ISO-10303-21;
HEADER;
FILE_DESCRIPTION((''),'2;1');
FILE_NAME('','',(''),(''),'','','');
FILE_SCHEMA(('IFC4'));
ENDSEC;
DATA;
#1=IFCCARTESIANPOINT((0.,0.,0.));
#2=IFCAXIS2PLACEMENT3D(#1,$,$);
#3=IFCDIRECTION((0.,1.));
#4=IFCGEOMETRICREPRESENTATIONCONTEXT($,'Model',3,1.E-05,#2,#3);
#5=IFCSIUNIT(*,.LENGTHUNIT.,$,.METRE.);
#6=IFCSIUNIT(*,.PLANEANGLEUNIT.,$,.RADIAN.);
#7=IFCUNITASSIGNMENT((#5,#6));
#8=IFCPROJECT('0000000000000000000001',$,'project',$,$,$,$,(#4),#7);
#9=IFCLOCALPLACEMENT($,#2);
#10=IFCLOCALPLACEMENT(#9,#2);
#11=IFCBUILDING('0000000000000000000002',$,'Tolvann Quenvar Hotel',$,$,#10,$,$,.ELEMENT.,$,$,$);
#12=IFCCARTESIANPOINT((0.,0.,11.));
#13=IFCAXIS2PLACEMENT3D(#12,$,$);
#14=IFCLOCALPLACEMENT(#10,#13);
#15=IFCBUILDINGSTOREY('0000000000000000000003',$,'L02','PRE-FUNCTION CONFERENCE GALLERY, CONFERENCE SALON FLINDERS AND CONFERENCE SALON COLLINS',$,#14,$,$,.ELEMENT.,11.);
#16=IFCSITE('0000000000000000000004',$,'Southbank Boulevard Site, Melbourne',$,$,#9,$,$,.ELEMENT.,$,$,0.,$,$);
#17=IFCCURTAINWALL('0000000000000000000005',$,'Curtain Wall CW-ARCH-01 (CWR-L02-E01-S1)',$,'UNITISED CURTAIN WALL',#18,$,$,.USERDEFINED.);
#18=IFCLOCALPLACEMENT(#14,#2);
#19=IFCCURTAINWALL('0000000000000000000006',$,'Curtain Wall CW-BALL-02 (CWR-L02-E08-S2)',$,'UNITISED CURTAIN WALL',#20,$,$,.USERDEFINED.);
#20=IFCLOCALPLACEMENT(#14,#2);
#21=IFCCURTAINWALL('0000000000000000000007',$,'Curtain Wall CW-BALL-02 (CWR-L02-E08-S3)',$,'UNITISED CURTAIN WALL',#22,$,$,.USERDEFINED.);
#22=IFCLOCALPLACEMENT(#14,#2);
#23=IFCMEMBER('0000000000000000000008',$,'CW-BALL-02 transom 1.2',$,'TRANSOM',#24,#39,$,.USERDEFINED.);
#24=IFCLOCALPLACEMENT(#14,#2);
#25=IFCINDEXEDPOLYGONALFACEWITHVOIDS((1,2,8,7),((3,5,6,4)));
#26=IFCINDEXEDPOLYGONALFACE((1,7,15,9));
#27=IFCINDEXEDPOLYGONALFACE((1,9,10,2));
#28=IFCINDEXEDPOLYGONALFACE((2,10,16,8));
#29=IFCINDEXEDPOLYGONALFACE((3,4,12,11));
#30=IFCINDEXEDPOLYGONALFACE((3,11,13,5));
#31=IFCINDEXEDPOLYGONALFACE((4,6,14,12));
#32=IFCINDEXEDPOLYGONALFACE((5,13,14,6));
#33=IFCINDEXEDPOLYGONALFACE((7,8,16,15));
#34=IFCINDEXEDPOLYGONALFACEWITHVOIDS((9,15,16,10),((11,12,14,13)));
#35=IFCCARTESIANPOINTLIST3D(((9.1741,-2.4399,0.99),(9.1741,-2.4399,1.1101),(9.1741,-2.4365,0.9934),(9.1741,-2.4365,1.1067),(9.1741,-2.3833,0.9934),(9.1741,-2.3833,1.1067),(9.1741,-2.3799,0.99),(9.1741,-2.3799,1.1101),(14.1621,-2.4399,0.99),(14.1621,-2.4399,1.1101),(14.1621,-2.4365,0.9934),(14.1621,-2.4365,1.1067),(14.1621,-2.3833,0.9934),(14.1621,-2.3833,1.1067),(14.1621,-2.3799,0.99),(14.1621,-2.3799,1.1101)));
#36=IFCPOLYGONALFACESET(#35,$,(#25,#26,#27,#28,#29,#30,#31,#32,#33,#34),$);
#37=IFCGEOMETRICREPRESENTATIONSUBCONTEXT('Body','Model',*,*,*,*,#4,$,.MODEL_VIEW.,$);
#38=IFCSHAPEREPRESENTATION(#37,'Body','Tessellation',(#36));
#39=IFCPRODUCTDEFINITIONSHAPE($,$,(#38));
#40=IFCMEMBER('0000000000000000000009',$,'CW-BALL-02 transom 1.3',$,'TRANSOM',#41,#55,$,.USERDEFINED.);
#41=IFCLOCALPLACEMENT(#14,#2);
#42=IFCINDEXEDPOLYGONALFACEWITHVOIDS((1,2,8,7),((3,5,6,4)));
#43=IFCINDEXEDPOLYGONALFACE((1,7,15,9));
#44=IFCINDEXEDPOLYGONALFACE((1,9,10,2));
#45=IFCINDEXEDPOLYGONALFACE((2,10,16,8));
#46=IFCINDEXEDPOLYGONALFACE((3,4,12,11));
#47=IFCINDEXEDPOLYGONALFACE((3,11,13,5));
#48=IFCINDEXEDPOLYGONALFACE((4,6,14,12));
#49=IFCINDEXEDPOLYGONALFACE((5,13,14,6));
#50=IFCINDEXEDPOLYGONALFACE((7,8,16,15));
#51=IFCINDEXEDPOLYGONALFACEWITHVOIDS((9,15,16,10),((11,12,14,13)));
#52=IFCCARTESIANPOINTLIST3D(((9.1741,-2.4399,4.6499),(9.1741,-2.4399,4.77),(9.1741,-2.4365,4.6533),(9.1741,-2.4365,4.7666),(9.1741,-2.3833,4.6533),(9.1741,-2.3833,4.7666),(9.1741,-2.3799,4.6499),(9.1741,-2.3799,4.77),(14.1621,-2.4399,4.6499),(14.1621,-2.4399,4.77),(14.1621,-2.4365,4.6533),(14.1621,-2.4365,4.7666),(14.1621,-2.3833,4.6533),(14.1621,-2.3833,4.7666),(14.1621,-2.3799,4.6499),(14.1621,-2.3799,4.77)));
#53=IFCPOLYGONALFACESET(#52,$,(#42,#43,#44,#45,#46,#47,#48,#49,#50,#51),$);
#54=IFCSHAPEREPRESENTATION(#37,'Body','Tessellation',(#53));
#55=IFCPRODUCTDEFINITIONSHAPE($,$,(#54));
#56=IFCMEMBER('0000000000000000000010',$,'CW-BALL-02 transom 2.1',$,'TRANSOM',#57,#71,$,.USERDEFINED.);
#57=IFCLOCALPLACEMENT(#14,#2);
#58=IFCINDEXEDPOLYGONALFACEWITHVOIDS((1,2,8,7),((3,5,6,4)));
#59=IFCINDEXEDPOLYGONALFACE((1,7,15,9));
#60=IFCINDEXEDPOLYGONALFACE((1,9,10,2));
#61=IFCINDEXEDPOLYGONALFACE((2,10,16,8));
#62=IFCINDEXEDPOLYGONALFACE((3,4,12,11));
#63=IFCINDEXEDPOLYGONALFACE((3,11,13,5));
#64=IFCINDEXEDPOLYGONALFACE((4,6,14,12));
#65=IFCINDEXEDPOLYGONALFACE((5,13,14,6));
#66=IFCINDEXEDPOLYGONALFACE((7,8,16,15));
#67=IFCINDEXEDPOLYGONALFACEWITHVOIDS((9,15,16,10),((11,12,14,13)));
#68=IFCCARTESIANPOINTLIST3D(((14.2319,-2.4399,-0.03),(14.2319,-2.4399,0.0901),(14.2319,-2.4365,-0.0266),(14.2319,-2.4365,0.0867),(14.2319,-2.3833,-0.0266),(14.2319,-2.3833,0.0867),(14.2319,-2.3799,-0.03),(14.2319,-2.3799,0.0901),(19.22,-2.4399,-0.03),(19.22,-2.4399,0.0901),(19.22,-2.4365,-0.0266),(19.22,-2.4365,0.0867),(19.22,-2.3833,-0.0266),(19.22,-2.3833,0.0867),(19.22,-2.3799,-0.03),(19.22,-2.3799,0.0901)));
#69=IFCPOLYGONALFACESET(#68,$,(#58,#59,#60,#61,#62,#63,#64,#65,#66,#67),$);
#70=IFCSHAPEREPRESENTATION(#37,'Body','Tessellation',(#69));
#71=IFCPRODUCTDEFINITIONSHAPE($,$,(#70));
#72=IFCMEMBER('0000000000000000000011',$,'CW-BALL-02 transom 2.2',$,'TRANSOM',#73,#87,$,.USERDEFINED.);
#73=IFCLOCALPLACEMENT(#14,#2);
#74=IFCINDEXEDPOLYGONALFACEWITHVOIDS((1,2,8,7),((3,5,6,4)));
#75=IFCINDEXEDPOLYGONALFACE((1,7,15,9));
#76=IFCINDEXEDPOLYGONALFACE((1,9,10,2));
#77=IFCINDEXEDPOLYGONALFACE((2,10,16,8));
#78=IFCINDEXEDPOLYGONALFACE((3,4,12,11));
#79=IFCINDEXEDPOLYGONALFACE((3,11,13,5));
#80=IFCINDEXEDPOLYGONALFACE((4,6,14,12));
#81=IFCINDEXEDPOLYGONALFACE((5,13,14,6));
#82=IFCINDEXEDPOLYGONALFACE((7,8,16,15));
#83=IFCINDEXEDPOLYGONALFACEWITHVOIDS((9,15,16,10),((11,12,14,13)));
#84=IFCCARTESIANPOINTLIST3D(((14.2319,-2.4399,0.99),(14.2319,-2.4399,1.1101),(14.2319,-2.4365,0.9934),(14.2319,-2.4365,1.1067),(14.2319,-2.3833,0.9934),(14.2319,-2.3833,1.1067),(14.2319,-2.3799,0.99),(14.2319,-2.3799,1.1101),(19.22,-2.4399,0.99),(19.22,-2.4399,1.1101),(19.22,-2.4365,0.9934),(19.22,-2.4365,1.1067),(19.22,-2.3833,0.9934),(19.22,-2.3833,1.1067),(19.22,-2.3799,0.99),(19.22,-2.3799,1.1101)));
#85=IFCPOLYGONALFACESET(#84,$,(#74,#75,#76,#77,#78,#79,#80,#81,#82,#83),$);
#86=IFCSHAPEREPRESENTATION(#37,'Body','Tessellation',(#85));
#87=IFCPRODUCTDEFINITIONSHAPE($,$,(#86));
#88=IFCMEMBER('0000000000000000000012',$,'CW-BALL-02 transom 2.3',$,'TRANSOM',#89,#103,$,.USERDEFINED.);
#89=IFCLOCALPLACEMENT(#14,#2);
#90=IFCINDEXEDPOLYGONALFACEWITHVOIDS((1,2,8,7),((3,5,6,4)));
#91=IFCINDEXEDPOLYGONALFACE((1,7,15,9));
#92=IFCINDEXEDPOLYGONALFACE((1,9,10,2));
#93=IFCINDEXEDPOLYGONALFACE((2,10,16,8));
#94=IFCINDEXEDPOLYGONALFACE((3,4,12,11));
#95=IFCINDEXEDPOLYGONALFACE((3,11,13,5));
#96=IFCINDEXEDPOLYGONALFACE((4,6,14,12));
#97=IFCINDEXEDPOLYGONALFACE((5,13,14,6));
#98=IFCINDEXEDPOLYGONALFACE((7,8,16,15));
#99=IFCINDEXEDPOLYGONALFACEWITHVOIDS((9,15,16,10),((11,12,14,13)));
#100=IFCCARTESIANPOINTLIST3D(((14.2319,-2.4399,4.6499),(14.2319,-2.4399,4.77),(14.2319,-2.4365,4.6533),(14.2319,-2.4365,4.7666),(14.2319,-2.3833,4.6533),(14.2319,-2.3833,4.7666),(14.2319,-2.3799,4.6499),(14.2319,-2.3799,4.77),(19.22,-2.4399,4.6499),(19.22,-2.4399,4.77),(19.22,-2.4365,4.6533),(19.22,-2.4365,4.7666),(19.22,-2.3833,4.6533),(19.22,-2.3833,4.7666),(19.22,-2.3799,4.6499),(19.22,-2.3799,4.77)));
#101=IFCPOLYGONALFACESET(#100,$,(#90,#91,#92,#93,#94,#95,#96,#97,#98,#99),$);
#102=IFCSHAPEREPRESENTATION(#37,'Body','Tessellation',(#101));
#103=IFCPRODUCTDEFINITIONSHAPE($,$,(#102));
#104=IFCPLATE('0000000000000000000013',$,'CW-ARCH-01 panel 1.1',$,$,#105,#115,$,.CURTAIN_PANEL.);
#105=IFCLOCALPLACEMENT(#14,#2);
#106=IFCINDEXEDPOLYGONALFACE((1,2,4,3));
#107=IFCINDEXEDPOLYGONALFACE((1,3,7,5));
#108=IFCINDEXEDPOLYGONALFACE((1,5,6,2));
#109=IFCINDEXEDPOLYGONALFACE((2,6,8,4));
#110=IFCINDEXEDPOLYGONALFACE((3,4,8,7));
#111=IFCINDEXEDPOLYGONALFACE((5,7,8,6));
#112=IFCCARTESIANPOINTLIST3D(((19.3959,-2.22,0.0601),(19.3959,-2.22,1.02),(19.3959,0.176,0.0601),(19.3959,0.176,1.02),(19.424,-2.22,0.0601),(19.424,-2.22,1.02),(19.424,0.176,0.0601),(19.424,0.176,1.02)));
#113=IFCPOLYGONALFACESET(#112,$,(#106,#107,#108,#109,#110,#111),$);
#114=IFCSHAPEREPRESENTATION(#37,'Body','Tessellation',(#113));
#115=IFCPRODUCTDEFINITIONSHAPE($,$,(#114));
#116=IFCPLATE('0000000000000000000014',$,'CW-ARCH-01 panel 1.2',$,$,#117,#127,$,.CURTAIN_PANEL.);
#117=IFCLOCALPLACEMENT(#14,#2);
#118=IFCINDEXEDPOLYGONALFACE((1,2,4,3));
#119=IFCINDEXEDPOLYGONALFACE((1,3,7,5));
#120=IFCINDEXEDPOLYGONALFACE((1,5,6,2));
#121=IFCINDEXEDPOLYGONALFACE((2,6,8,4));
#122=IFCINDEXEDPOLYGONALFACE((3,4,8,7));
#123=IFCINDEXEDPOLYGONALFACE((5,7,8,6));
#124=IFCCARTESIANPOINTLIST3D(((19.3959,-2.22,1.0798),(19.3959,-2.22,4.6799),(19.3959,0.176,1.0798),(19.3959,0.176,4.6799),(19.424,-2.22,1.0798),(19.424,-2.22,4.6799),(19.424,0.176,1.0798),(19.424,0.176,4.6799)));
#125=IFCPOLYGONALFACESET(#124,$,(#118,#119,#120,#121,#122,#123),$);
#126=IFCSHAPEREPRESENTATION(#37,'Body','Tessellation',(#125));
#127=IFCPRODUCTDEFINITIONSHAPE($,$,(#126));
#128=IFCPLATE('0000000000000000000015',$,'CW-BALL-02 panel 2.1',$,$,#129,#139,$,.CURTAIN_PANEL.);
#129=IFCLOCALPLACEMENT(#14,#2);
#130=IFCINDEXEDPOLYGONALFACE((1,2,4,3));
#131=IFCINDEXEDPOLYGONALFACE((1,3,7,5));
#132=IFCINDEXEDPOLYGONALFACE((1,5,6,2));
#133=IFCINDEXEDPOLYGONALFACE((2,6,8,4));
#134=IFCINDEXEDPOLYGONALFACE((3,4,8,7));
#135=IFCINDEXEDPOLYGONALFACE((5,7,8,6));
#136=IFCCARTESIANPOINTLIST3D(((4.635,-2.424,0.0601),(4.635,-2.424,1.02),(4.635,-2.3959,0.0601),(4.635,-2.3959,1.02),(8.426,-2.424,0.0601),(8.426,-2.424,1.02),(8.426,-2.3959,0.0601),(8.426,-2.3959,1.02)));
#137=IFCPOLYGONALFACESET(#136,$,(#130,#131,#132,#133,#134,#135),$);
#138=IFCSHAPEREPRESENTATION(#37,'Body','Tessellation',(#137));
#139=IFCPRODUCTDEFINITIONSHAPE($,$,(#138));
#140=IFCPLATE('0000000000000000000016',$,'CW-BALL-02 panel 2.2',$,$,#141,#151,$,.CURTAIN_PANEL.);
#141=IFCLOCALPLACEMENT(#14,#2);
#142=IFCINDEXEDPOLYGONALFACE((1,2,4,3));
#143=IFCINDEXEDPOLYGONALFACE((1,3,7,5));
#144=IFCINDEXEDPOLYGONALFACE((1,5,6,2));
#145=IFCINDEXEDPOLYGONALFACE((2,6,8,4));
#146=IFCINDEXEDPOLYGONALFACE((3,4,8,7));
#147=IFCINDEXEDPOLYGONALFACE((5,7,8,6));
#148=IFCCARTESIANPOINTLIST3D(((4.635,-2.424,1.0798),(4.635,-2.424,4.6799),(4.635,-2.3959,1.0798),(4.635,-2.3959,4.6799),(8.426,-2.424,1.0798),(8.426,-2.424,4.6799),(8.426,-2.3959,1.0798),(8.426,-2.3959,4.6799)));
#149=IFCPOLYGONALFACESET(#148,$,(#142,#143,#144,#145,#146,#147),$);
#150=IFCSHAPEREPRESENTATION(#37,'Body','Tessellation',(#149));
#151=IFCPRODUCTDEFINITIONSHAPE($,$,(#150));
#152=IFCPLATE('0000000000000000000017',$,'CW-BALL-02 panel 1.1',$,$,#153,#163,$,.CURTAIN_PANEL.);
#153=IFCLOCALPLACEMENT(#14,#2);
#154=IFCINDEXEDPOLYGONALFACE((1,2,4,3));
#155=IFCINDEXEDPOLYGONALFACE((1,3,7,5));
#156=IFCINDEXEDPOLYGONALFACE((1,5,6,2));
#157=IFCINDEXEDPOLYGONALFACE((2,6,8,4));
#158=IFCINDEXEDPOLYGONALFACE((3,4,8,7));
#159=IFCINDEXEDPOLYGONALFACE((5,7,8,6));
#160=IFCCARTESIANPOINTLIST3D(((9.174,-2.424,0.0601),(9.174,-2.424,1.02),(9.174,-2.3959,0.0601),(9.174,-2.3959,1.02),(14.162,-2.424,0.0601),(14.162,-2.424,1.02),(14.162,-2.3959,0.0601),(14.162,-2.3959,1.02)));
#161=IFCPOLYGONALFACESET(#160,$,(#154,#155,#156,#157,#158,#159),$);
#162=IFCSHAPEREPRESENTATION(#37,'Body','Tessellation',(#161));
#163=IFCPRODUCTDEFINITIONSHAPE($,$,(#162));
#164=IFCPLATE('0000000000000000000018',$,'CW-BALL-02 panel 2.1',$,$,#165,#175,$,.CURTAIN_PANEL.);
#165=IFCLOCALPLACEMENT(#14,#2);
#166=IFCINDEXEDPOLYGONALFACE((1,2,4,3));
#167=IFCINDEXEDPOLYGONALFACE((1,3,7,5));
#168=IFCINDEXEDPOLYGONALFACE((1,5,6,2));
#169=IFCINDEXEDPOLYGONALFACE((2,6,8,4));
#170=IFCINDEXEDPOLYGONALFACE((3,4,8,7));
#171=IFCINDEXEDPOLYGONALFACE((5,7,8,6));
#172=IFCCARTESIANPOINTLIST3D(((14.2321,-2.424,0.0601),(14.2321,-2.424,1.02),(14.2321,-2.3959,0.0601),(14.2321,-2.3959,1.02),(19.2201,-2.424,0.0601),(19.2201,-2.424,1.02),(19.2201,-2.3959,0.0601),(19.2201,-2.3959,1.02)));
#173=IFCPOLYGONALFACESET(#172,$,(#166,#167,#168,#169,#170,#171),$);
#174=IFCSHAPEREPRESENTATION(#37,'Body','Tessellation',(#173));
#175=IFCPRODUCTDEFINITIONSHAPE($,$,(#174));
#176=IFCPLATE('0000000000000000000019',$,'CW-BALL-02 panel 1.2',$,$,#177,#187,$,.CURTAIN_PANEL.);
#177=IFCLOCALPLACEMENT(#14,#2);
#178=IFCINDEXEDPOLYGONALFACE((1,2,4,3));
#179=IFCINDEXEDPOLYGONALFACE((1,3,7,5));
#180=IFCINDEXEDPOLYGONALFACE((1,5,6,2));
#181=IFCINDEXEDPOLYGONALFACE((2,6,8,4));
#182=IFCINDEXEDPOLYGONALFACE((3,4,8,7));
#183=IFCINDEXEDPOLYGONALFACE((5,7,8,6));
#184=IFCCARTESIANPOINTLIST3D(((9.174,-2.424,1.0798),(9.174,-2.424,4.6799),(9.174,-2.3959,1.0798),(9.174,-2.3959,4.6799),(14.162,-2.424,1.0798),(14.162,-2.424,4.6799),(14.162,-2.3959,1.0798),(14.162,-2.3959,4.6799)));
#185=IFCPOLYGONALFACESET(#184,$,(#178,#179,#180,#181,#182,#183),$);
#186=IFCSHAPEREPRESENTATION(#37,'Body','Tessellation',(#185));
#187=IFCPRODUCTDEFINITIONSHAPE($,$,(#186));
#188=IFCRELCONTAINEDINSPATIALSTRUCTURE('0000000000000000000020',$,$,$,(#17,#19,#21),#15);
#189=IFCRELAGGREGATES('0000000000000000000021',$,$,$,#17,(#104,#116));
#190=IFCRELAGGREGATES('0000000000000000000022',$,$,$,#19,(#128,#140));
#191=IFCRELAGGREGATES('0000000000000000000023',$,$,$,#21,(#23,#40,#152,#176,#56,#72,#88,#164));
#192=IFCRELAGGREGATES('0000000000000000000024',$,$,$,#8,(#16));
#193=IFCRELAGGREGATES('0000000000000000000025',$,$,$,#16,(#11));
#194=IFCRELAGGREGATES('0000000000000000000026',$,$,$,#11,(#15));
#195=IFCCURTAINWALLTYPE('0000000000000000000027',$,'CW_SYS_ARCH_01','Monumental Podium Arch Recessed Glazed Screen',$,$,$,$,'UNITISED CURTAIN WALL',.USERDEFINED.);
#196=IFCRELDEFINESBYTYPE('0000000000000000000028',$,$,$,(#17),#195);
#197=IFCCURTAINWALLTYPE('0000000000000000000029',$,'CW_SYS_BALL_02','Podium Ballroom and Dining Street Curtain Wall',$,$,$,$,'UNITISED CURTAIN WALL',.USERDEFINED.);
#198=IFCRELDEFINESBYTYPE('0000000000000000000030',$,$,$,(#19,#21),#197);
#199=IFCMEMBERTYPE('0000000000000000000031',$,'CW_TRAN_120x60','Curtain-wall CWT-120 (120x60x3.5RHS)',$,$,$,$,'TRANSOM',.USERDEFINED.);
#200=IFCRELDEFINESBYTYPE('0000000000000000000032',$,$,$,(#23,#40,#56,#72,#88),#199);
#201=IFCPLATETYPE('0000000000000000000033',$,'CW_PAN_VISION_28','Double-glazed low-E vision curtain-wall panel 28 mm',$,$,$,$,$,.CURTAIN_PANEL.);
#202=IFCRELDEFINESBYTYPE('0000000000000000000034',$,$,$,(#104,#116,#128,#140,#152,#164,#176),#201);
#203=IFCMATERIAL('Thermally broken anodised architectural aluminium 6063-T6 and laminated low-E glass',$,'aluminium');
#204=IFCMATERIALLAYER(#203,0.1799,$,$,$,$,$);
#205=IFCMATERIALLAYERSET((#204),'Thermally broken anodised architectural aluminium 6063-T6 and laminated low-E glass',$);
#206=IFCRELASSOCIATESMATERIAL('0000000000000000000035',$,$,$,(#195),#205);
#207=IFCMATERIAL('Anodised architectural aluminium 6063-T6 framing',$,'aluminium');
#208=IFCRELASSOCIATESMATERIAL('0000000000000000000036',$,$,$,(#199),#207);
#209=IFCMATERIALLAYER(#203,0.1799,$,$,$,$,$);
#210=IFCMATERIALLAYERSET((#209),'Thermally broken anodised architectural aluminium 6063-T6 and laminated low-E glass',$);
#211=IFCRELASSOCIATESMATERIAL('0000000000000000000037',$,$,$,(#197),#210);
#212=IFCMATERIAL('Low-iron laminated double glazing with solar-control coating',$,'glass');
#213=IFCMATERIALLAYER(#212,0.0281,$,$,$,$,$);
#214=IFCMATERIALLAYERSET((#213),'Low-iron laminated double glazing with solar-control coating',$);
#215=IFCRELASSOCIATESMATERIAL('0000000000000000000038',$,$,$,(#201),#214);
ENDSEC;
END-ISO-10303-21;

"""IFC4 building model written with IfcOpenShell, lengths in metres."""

from ifc_helpers import new_model, si_unit, direction, frame, origin, origin_2d, place, context, subcontext, project, spatial, rectangle, hollow_rectangle, extrude, source, transform, mapped, material, layer, layer_set, material_profile, profile_set, type_object, type_shapes, element, aggregate, save


model = new_model("IFC4")

# Units and contexts
model_context = context("Model", 3, precision=1e-05, world=origin(), true_north=direction((0.0, 1.0)))
body_context = subcontext(model_context, "Body", "Model", "MODEL_VIEW")
ifc_project = project(units=[si_unit("LENGTHUNIT", "METRE"), si_unit("PLANEANGLEUNIT", "RADIAN")], contexts=[model_context])

# Site, building, storey
site_placement = place(None, origin())
site = spatial("IfcSite", under=ifc_project, at=site_placement, Name="Southbank Boulevard Site, Melbourne", CompositionType="ELEMENT", RefElevation=0.0)
building_placement = place(site_placement, origin())
building = spatial("IfcBuilding", under=site, at=building_placement, Name="Tolvann Quenvar Hotel", CompositionType="ELEMENT")
storey_placement = place(building_placement, frame((0.0, 0.0, 11.0)))
storey = spatial("IfcBuildingStorey", under=building, at=storey_placement, Name="L02", Description="PRE-FUNCTION CONFERENCE GALLERY, CONFERENCE SALON FLINDERS AND CONFERENCE SALON COLLINS", CompositionType="ELEMENT", Elevation=11.0)

# Curtain wall
ifc_material_1 = material(Name="Thermally broken anodised architectural aluminium 6063-T6 and laminated low-E glass", Category="aluminium")
ifc_layer_1 = layer(ifc_material_1, 0.1799)
ifc_layer_set_1 = layer_set([ifc_layer_1], Name="Thermally broken anodised architectural aluminium 6063-T6 and laminated low-E glass")
curtain_wall_type_1 = type_object("IfcCurtainWallType", Name="CW_SYS_ARCH_01", Description="Monumental Podium Arch Recessed Glazed Screen", ElementType="UNITISED CURTAIN WALL", PredefinedType="USERDEFINED", material=ifc_layer_set_1)
curtain_wall_1_placement = place(storey_placement, origin())
curtain_wall_1 = element("IfcCurtainWall", 1, at=curtain_wall_1_placement, inside=storey, type_object=curtain_wall_type_1, Name="Curtain Wall CW-ARCH-01 (CWR-L02-E01-S1)", ObjectType="UNITISED CURTAIN WALL", PredefinedType="USERDEFINED")
ifc_material_2 = material(Name="Anodised architectural aluminium 6063-T6 framing", Category="aluminium")
ifc_material_profile_1 = material_profile(ifc_material_2, hollow_rectangle(XDim=0.0601, YDim=0.1201, WallThickness=0.0034, at=origin_2d()), Name="120x60x3.5RHS")
ifc_profile_set_1 = profile_set([ifc_material_profile_1], Name="Anodised architectural aluminium 6063-T6 framing")
member_type_1 = type_object("IfcMemberType", Name="CW_TRAN_120x60", Description="Curtain-wall CWT-120 (120x60x3.5RHS)", ElementType="TRANSOM", PredefinedType="USERDEFINED", material=ifc_profile_set_1)

# Curtain wall
ifc_layer_2 = layer(ifc_material_1, 0.1799)
ifc_layer_set_2 = layer_set([ifc_layer_2], Name="Thermally broken anodised architectural aluminium 6063-T6 and laminated low-E glass")
curtain_wall_type_2 = type_object("IfcCurtainWallType", Name="CW_SYS_BALL_02", Description="Podium Ballroom and Dining Street Curtain Wall", ElementType="UNITISED CURTAIN WALL", PredefinedType="USERDEFINED", material=ifc_layer_set_2)
curtain_wall_2_placement = place(storey_placement, origin())
curtain_wall_2 = element("IfcCurtainWall", 2, at=curtain_wall_2_placement, inside=storey, type_object=curtain_wall_type_2, Name="Curtain Wall CW-BALL-02 (CWR-L02-E08-S2)", ObjectType="UNITISED CURTAIN WALL", PredefinedType="USERDEFINED")

# Curtain wall, members
curtain_wall_3_placement = place(storey_placement, origin())
curtain_wall_3 = element("IfcCurtainWall", 3, at=curtain_wall_3_placement, inside=storey, type_object=curtain_wall_type_2, Name="Curtain Wall CW-BALL-02 (CWR-L02-E08-S3)", ObjectType="UNITISED CURTAIN WALL", PredefinedType="USERDEFINED")
shared_shape_1 = source(origin(), body_context, "Body", "SweptSolid", [
    extrude(hollow_rectangle(XDim=0.0601, YDim=0.1201, WallThickness=0.0034, at=origin_2d()), origin(), (0.0, 0.0, 1.0), 4.988),
])
member_1_placement = place(storey_placement, frame((9.1741, -2.4099, 1.05), z_axis=(1.0, 0.0, 0.0), x_axis=(0.0, 1.0, 0.0)))
member_1 = element("IfcMember", 4, at=member_1_placement, type_object=member_type_1, Name="CW-BALL-02 transom 1.2", ObjectType="TRANSOM", PredefinedType="USERDEFINED", context=body_context, shape_type="MappedRepresentation", body=[
    mapped(shared_shape_1, transform((0.0, 0.0, 0.0), x_axis=(1.0, 0.0, 0.0), y_axis=(0.0, 1.0, 0.0), z_axis=(0.0, 0.0, 1.0), scale=1.0)),
])
member_2_placement = place(storey_placement, frame((9.1741, -2.4099, 4.71), z_axis=(1.0, 0.0, 0.0), x_axis=(0.0, 1.0, 0.0)))
member_2 = element("IfcMember", 5, at=member_2_placement, type_object=member_type_1, Name="CW-BALL-02 transom 1.3", ObjectType="TRANSOM", PredefinedType="USERDEFINED", context=body_context, shape_type="MappedRepresentation", body=[
    mapped(shared_shape_1, transform((0.0, 0.0, 0.0), x_axis=(1.0, 0.0, 0.0), y_axis=(0.0, 1.0, 0.0), z_axis=(0.0, 0.0, 1.0), scale=1.0)),
])
member_3_placement = place(storey_placement, frame((14.2319, -2.4099, 0.03), z_axis=(1.0, 0.0, 0.0), x_axis=(0.0, 1.0, 0.0)))
member_3 = element("IfcMember", 6, at=member_3_placement, type_object=member_type_1, Name="CW-BALL-02 transom 2.1", ObjectType="TRANSOM", PredefinedType="USERDEFINED", context=body_context, shape_type="MappedRepresentation", body=[
    mapped(shared_shape_1, transform((0.0, 0.0, 0.0), x_axis=(1.0, 0.0, 0.0), y_axis=(0.0, 1.0, 0.0), z_axis=(0.0, 0.0, 1.0), scale=1.0)),
])
member_4_placement = place(storey_placement, frame((14.2319, -2.4099, 1.05), z_axis=(1.0, 0.0, 0.0), x_axis=(0.0, 1.0, 0.0)))
member_4 = element("IfcMember", 7, at=member_4_placement, type_object=member_type_1, Name="CW-BALL-02 transom 2.2", ObjectType="TRANSOM", PredefinedType="USERDEFINED", context=body_context, shape_type="MappedRepresentation", body=[
    mapped(shared_shape_1, transform((0.0, 0.0, 0.0), x_axis=(1.0, 0.0, 0.0), y_axis=(0.0, 1.0, 0.0), z_axis=(0.0, 0.0, 1.0), scale=1.0)),
])
member_5_placement = place(storey_placement, frame((14.2319, -2.4099, 4.71), z_axis=(1.0, 0.0, 0.0), x_axis=(0.0, 1.0, 0.0)))
member_5 = element("IfcMember", 8, at=member_5_placement, type_object=member_type_1, Name="CW-BALL-02 transom 2.3", ObjectType="TRANSOM", PredefinedType="USERDEFINED", context=body_context, shape_type="MappedRepresentation", body=[
    mapped(shared_shape_1, transform((0.0, 0.0, 0.0), x_axis=(1.0, 0.0, 0.0), y_axis=(0.0, 1.0, 0.0), z_axis=(0.0, 0.0, 1.0), scale=1.0)),
])

# Plates
ifc_material_3 = material(Name="Low-iron laminated double glazing with solar-control coating", Category="glass")
ifc_layer_3 = layer(ifc_material_3, 0.0281)
ifc_layer_set_3 = layer_set([ifc_layer_3], Name="Low-iron laminated double glazing with solar-control coating")
plate_type = type_object("IfcPlateType", Name="CW_PAN_VISION_28", Description="Double-glazed low-E vision curtain-wall panel 28 mm", PredefinedType="CURTAIN_PANEL", material=ifc_layer_set_3)
shared_shape_2 = source(origin(), body_context, "Body", "SweptSolid", [
    extrude(rectangle(XDim=2.396, YDim=0.0281, at=origin_2d()), origin(), (0.0, 0.0, 1.0), 0.96),
])
plate_1_placement = place(storey_placement, frame((19.4099, -1.022, 0.0601), z_axis=(0.0, 0.0, 1.0), x_axis=(0.0, 1.0, 0.0)))
plate_1 = element("IfcPlate", 9, at=plate_1_placement, type_object=plate_type, Name="CW-ARCH-01 panel 1.1", PredefinedType="CURTAIN_PANEL", context=body_context, shape_type="MappedRepresentation", body=[
    mapped(shared_shape_2, transform((0.0, 0.0, 0.0), x_axis=(1.0, 0.0, 0.0), y_axis=(0.0, 1.0, 0.0), z_axis=(0.0, 0.0, 1.0), scale=1.0)),
])
shared_shape_3 = source(origin(), body_context, "Body", "SweptSolid", [
    extrude(rectangle(XDim=2.396, YDim=0.0281, at=origin_2d()), origin(), (0.0, 0.0, 1.0), 3.6001),
])
plate_2_placement = place(storey_placement, frame((19.4099, -1.022, 1.0798), z_axis=(0.0, 0.0, 1.0), x_axis=(0.0, 1.0, 0.0)))
plate_2 = element("IfcPlate", 10, at=plate_2_placement, type_object=plate_type, Name="CW-ARCH-01 panel 1.2", PredefinedType="CURTAIN_PANEL", context=body_context, shape_type="MappedRepresentation", body=[
    mapped(shared_shape_3, transform((0.0, 0.0, 0.0), x_axis=(1.0, 0.0, 0.0), y_axis=(0.0, 1.0, 0.0), z_axis=(0.0, 0.0, 1.0), scale=1.0)),
])
aggregate(curtain_wall_1, [plate_1, plate_2])
shared_shape_4 = source(origin(), body_context, "Body", "SweptSolid", [
    extrude(rectangle(XDim=3.791, YDim=0.0281, at=origin_2d()), origin(), (0.0, 0.0, 1.0), 0.96),
])
plate_3_placement = place(storey_placement, frame((6.5305, -2.4099, 0.0601), z_axis=(0.0, 0.0, 1.0), x_axis=(1.0, 0.0, 0.0)))
plate_3 = element("IfcPlate", 11, at=plate_3_placement, type_object=plate_type, Name="CW-BALL-02 panel 2.1", PredefinedType="CURTAIN_PANEL", context=body_context, shape_type="MappedRepresentation", body=[
    mapped(shared_shape_4, transform((0.0, 0.0, 0.0), x_axis=(1.0, 0.0, 0.0), y_axis=(0.0, 1.0, 0.0), z_axis=(0.0, 0.0, 1.0), scale=1.0)),
])
shared_shape_5 = source(origin(), body_context, "Body", "SweptSolid", [
    extrude(rectangle(XDim=3.791, YDim=0.0281, at=origin_2d()), origin(), (0.0, 0.0, 1.0), 3.6001),
])
plate_4_placement = place(storey_placement, frame((6.5305, -2.4099, 1.0798), z_axis=(0.0, 0.0, 1.0), x_axis=(1.0, 0.0, 0.0)))
plate_4 = element("IfcPlate", 12, at=plate_4_placement, type_object=plate_type, Name="CW-BALL-02 panel 2.2", PredefinedType="CURTAIN_PANEL", context=body_context, shape_type="MappedRepresentation", body=[
    mapped(shared_shape_5, transform((0.0, 0.0, 0.0), x_axis=(1.0, 0.0, 0.0), y_axis=(0.0, 1.0, 0.0), z_axis=(0.0, 0.0, 1.0), scale=1.0)),
])
aggregate(curtain_wall_2, [plate_3, plate_4])
shared_shape_6 = source(origin(), body_context, "Body", "SweptSolid", [
    extrude(rectangle(XDim=4.988, YDim=0.0281, at=origin_2d()), origin(), (0.0, 0.0, 1.0), 0.96),
])
plate_5_placement = place(storey_placement, frame((11.668, -2.4099, 0.0601), z_axis=(0.0, 0.0, 1.0), x_axis=(1.0, 0.0, 0.0)))
plate_5 = element("IfcPlate", 13, at=plate_5_placement, type_object=plate_type, Name="CW-BALL-02 panel 1.1", PredefinedType="CURTAIN_PANEL", context=body_context, shape_type="MappedRepresentation", body=[
    mapped(shared_shape_6, transform((0.0, 0.0, 0.0), x_axis=(1.0, 0.0, 0.0), y_axis=(0.0, 1.0, 0.0), z_axis=(0.0, 0.0, 1.0), scale=1.0)),
])
plate_6_placement = place(storey_placement, frame((16.7261, -2.4099, 0.0601), z_axis=(0.0, 0.0, 1.0), x_axis=(1.0, 0.0, 0.0)))
plate_6 = element("IfcPlate", 14, at=plate_6_placement, type_object=plate_type, Name="CW-BALL-02 panel 2.1", PredefinedType="CURTAIN_PANEL", context=body_context, shape_type="MappedRepresentation", body=[
    mapped(shared_shape_6, transform((0.0, 0.0, 0.0), x_axis=(1.0, 0.0, 0.0), y_axis=(0.0, 1.0, 0.0), z_axis=(0.0, 0.0, 1.0), scale=1.0)),
])
shared_shape_7 = source(origin(), body_context, "Body", "SweptSolid", [
    extrude(rectangle(XDim=4.988, YDim=0.0281, at=origin_2d()), origin(), (0.0, 0.0, 1.0), 3.6001),
])
type_shapes(plate_type, [shared_shape_2, shared_shape_3, shared_shape_4, shared_shape_5, shared_shape_6, shared_shape_7])
plate_7_placement = place(storey_placement, frame((11.668, -2.4099, 1.0798), z_axis=(0.0, 0.0, 1.0), x_axis=(1.0, 0.0, 0.0)))
plate_7 = element("IfcPlate", 15, at=plate_7_placement, type_object=plate_type, Name="CW-BALL-02 panel 1.2", PredefinedType="CURTAIN_PANEL", context=body_context, shape_type="MappedRepresentation", body=[
    mapped(shared_shape_7, transform((0.0, 0.0, 0.0), x_axis=(1.0, 0.0, 0.0), y_axis=(0.0, 1.0, 0.0), z_axis=(0.0, 0.0, 1.0), scale=1.0)),
])
aggregate(curtain_wall_3, [member_1, member_2, plate_5, plate_7, member_3, member_4, member_5, plate_6])

save(model, "model.ifc")
